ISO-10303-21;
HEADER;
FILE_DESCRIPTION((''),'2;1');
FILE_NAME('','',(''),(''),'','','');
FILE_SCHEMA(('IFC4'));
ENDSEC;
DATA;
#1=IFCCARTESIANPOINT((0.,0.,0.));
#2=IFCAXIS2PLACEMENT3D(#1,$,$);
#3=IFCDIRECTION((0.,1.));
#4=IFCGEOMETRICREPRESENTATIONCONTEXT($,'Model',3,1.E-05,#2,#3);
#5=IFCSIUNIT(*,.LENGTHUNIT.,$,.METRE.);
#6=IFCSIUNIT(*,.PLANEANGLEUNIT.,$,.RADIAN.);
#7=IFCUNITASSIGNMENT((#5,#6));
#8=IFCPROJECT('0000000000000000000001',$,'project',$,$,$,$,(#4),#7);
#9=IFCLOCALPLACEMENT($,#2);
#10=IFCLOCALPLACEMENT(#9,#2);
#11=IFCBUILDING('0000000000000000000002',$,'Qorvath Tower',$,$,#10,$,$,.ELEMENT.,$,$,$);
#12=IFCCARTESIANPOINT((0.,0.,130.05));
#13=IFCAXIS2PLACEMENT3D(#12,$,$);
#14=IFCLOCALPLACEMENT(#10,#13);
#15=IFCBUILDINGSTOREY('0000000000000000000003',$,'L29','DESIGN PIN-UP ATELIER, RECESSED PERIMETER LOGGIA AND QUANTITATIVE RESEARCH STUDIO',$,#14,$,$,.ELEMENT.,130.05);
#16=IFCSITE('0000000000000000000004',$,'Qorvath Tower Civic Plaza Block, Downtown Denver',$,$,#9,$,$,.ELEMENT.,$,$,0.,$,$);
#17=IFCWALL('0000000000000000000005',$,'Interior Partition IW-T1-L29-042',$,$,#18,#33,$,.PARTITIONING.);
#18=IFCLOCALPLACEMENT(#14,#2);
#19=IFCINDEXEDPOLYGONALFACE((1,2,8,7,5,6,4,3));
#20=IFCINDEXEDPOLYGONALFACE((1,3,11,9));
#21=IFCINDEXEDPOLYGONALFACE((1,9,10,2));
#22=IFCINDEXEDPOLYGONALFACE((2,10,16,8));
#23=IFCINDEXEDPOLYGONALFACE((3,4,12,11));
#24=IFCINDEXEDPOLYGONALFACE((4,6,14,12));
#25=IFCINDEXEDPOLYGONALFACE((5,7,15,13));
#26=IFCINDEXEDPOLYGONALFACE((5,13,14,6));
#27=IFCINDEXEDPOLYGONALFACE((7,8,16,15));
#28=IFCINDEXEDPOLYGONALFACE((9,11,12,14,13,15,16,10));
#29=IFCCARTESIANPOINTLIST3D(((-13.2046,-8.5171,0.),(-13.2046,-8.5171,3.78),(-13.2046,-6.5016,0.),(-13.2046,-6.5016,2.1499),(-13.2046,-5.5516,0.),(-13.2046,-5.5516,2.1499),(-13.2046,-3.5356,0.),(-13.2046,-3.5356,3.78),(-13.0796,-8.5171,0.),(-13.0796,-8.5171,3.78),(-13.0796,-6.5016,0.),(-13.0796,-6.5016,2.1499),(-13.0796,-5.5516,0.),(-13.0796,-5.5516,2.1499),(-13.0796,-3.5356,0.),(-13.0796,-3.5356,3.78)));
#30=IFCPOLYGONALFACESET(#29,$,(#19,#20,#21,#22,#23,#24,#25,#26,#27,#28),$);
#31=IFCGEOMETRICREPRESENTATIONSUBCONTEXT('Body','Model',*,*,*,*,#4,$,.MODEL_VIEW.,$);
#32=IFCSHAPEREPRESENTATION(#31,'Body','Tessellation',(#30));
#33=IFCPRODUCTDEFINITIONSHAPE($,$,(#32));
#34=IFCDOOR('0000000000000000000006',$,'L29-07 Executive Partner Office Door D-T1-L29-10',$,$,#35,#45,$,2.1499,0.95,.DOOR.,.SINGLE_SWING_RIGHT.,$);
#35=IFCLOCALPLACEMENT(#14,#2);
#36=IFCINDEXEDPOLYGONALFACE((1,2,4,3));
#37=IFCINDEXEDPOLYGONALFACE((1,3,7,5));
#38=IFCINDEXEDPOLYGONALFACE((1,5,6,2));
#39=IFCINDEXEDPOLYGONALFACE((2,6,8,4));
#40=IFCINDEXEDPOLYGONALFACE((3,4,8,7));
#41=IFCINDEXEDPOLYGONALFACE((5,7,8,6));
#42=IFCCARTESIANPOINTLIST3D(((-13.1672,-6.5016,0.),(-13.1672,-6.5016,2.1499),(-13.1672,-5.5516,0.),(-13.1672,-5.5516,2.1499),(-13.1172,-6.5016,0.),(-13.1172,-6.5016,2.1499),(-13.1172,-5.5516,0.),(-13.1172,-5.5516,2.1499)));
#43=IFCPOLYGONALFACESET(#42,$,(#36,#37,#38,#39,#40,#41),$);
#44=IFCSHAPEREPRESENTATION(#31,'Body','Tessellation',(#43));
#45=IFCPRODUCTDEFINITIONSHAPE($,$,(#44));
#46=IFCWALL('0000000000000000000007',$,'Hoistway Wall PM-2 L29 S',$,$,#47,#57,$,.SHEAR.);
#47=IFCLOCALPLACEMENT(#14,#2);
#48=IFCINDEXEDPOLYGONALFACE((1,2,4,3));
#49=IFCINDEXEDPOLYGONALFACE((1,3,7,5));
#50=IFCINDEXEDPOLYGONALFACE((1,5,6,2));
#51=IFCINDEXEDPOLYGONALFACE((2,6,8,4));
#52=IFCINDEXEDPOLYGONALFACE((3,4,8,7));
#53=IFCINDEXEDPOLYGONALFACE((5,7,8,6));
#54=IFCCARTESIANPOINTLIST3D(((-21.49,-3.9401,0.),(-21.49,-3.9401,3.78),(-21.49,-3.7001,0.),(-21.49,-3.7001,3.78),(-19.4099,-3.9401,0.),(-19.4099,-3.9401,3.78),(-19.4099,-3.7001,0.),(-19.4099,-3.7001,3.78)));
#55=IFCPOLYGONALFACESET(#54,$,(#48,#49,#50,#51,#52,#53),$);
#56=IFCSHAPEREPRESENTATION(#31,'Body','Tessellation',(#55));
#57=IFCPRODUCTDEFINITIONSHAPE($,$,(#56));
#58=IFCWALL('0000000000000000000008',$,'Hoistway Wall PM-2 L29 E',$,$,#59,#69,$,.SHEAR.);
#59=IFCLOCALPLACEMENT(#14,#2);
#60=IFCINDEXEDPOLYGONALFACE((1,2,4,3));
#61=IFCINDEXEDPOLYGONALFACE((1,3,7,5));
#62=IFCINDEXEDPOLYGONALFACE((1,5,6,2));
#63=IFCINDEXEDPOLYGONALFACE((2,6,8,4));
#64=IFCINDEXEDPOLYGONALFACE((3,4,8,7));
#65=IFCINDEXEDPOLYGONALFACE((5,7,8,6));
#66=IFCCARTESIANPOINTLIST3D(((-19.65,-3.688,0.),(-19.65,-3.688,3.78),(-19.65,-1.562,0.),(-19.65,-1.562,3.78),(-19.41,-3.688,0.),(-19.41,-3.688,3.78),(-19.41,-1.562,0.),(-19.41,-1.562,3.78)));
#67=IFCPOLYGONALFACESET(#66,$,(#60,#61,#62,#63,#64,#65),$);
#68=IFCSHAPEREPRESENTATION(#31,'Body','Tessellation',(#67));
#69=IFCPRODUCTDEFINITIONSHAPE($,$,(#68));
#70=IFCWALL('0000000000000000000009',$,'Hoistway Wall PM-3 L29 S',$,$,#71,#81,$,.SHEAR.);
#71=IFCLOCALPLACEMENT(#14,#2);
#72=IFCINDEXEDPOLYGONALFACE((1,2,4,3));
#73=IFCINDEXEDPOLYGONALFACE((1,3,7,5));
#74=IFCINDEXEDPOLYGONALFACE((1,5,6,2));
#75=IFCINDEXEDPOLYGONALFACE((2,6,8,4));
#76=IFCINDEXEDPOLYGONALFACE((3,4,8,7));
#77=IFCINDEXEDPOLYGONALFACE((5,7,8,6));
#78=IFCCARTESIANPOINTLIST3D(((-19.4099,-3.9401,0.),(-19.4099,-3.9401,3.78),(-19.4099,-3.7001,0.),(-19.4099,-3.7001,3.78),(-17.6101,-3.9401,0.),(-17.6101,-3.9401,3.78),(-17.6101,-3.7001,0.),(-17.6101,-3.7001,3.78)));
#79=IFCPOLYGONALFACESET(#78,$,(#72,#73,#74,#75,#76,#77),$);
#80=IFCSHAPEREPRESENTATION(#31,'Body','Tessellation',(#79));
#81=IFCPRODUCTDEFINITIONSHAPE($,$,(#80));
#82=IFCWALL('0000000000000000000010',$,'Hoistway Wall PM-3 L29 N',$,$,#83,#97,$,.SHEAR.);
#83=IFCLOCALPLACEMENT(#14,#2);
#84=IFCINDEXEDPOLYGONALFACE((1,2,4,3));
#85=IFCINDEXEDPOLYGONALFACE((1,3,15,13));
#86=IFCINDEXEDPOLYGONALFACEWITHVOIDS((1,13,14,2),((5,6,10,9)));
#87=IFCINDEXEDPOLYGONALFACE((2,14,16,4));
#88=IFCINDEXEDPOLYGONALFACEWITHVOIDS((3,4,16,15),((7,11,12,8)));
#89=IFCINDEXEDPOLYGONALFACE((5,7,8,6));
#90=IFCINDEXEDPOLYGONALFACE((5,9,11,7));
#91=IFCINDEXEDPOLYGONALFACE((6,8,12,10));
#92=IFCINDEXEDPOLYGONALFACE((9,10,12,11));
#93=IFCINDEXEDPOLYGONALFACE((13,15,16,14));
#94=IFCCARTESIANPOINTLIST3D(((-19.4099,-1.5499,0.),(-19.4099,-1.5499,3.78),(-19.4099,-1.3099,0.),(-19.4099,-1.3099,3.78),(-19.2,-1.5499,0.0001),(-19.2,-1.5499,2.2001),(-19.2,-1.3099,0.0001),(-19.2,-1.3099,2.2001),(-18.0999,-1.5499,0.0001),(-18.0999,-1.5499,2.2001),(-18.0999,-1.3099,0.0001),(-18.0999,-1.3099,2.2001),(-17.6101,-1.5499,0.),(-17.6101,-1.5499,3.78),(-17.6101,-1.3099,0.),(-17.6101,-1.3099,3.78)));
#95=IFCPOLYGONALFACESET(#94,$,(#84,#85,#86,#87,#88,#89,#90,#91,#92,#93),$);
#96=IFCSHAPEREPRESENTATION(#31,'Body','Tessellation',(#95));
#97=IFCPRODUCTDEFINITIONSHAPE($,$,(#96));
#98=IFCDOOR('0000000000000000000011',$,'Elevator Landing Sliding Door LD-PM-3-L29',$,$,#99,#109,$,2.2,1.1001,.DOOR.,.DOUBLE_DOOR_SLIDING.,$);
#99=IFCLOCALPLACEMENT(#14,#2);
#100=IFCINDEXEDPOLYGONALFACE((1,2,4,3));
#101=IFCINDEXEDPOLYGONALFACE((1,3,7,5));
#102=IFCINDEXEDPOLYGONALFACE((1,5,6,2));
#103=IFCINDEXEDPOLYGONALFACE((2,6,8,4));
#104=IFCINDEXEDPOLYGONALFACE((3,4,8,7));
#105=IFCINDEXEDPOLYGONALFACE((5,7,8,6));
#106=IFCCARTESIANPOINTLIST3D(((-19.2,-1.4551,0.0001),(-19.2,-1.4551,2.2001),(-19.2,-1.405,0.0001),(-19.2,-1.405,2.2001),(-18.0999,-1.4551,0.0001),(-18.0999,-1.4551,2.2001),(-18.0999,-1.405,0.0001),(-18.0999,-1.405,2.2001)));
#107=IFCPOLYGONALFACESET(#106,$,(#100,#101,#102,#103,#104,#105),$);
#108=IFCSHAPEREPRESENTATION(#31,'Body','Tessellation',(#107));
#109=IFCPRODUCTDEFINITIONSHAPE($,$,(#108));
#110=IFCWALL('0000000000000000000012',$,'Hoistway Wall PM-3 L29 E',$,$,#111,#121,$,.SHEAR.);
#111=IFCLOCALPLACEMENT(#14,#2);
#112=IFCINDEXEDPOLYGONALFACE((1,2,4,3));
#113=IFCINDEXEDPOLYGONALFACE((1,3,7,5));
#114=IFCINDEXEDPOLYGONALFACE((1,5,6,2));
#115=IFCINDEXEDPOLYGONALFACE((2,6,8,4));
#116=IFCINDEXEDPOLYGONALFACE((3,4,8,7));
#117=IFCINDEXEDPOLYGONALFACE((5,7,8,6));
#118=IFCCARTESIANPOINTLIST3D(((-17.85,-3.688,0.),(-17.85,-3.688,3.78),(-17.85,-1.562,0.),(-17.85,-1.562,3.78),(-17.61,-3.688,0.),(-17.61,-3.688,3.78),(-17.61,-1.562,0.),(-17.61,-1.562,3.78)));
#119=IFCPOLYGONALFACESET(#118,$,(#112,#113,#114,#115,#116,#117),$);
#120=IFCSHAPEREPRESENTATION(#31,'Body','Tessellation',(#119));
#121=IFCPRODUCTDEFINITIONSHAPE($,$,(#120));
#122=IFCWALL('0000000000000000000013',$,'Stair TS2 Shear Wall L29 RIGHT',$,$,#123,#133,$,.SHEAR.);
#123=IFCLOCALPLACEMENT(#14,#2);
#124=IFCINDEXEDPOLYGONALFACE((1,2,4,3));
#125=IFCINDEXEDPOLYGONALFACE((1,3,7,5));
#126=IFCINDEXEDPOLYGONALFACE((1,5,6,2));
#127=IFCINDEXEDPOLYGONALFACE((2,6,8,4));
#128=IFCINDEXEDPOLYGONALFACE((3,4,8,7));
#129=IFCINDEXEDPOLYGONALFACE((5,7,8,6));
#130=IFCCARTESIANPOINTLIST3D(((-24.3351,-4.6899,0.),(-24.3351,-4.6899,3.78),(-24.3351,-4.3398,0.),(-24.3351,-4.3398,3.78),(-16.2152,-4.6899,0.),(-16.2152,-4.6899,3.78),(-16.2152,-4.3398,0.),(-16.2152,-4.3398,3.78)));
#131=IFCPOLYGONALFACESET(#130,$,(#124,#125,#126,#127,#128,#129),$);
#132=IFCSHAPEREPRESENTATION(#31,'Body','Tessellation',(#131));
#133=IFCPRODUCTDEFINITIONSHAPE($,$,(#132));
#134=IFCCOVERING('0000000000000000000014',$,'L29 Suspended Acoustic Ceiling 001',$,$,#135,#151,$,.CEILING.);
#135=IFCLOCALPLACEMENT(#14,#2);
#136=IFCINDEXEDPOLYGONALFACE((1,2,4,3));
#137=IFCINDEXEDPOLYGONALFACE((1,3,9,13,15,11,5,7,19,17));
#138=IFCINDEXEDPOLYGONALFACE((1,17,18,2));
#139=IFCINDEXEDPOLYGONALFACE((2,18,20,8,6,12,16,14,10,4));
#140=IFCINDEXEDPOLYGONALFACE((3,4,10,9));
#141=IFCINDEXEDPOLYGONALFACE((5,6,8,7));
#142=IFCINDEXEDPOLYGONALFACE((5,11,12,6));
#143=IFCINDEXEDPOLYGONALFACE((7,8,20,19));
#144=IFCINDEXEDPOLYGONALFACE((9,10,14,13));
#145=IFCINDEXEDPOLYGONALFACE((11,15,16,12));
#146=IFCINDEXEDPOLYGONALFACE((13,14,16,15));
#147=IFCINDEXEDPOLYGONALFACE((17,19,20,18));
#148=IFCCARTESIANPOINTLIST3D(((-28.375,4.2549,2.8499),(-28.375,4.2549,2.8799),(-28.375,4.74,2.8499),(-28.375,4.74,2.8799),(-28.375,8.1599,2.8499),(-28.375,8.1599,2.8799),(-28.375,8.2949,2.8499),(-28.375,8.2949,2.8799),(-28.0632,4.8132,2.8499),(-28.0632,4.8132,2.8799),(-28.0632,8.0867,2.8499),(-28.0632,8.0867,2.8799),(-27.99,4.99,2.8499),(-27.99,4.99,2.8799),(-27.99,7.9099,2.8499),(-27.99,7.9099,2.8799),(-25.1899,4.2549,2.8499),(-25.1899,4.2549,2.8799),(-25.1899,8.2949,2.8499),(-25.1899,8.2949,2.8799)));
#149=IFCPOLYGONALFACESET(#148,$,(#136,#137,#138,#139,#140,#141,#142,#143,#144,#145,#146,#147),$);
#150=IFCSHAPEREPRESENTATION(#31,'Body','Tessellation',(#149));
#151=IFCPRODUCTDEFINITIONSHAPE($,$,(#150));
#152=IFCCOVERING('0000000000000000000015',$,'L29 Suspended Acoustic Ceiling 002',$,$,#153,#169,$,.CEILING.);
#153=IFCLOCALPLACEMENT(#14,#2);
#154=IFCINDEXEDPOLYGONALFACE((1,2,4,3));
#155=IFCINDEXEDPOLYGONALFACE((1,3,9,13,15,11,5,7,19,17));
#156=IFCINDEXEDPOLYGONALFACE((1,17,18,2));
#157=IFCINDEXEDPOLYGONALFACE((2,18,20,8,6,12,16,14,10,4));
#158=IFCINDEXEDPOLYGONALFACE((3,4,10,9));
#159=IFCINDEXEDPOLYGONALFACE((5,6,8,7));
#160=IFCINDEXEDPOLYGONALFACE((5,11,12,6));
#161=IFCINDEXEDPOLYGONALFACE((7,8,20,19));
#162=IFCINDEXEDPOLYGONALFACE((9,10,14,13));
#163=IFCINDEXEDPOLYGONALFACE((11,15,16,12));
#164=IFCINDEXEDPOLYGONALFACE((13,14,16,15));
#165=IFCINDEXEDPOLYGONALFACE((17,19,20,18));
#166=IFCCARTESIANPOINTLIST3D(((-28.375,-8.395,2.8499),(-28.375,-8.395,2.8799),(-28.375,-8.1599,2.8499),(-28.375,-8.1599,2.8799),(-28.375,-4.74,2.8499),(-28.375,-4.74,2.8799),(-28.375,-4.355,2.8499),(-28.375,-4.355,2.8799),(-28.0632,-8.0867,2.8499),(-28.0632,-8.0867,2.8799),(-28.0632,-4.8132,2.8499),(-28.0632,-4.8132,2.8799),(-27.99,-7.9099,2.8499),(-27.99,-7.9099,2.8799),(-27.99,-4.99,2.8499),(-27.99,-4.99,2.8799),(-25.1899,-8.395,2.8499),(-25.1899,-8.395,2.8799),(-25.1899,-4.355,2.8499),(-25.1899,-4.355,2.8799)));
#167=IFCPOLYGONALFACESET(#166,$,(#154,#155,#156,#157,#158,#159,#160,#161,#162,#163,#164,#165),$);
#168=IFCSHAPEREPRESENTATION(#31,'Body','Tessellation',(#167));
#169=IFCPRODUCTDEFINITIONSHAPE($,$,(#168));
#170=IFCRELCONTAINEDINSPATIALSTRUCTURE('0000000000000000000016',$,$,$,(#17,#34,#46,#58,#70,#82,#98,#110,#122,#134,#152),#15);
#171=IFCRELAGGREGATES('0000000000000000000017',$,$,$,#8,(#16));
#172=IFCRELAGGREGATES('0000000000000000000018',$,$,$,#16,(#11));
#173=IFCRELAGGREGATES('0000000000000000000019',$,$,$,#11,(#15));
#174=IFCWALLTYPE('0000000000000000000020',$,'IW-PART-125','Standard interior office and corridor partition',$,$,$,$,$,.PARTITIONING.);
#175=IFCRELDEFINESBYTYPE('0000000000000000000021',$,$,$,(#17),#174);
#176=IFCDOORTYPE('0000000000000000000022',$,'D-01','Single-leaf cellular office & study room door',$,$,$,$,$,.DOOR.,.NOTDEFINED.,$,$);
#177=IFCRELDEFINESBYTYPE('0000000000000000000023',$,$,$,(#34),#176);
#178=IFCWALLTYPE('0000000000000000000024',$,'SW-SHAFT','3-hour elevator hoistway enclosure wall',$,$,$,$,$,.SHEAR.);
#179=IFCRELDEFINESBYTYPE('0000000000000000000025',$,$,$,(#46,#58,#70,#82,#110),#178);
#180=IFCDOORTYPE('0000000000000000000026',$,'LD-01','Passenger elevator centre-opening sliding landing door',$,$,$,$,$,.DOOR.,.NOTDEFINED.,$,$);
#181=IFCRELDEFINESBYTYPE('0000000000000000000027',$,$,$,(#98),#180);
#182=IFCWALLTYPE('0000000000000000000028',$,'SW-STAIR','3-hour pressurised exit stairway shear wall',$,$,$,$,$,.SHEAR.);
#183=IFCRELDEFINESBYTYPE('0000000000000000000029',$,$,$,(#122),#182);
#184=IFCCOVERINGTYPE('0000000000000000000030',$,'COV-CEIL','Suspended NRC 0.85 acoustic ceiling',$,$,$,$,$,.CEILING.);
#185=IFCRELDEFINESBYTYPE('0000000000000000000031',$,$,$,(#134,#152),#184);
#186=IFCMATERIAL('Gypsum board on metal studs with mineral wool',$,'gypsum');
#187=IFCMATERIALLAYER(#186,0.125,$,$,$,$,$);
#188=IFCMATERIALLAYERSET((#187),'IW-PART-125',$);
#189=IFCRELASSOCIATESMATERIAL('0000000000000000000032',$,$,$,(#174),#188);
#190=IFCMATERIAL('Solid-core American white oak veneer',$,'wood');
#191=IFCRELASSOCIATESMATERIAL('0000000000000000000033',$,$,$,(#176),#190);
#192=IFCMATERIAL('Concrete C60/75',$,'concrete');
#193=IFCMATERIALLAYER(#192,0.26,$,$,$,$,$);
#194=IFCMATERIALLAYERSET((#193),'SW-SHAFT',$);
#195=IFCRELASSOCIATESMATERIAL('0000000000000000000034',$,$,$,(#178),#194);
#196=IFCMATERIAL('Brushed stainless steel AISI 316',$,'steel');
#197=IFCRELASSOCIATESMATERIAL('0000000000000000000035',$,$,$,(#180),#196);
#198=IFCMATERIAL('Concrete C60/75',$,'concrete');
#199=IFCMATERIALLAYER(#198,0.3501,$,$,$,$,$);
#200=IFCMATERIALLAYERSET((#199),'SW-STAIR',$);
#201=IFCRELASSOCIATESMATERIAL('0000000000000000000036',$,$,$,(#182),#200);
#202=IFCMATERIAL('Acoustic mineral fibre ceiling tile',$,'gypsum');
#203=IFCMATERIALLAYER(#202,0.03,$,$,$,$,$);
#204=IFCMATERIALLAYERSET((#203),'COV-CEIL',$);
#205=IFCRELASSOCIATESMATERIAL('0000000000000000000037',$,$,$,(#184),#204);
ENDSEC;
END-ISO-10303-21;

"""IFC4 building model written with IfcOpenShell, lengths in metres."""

from ifc_helpers import new_model, si_unit, direction, frame, frame_2d, origin, place, context, subcontext, project, spatial, polyline, rectangle, outline, extrude, material, layer, layer_set, type_object, element, fill, save


model = new_model("IFC4")

# Units and contexts
model_context = context("Model", 3, precision=1e-05, world=origin(), true_north=direction((0.0, 1.0)))
body_context = subcontext(model_context, "Body", "Model", "MODEL_VIEW")
ifc_project = project(units=[si_unit("LENGTHUNIT", "METRE"), si_unit("PLANEANGLEUNIT", "RADIAN")], contexts=[model_context])

# Site, building, storey
site_placement = place(None, origin())
site = spatial("IfcSite", under=ifc_project, at=site_placement, Name="Qorvath Tower Civic Plaza Block, Downtown Denver", CompositionType="ELEMENT", RefElevation=0.0)
building_placement = place(site_placement, origin())
building = spatial("IfcBuilding", under=site, at=building_placement, Name="Qorvath Tower", CompositionType="ELEMENT")
storey_placement = place(building_placement, frame((0.0, 0.0, 130.05)))
storey = spatial("IfcBuildingStorey", under=building, at=storey_placement, Name="L29", Description="DESIGN PIN-UP ATELIER, RECESSED PERIMETER LOGGIA AND QUANTITATIVE RESEARCH STUDIO", CompositionType="ELEMENT", Elevation=130.05)

# Wall, opening, door
ifc_material_1 = material(Name="Gypsum board on metal studs with mineral wool", Category="gypsum")
ifc_layer_1 = layer(ifc_material_1, 0.125)
ifc_layer_set_1 = layer_set([ifc_layer_1], Name="IW-PART-125")
wall_type_1 = type_object("IfcWallType", Name="IW-PART-125", Description="Standard interior office and corridor partition", PredefinedType="PARTITIONING", material=ifc_layer_set_1)
wall_1_placement = place(storey_placement, frame((-13.1421, -3.5356, 0.0), z_axis=(0.0, 0.0, 1.0), x_axis=(0.0, -1.0, 0.0)))
wall_1 = element("IfcWall", 1, at=wall_1_placement, inside=storey, type_object=wall_type_1, Name="Interior Partition IW-T1-L29-042", PredefinedType="PARTITIONING", context=body_context, shape_type="SweptSolid", body=[
    extrude(rectangle(XDim=4.9814, YDim=0.125, at=frame_2d((2.4907, 0.0))), origin(), (0.0, 0.0, 1.0), 3.78),
])
opening_1_placement = place(wall_1_placement, frame((2.0159, 0.0, 0.0)))
opening_1 = element("IfcOpeningElement", 2, at=opening_1_placement, cuts=wall_1, PredefinedType="OPENING", context=body_context, shape_type="SweptSolid", body=[
    extrude(rectangle(XDim=0.95, YDim=2.1499, at=frame_2d((0.4751, 1.075))), frame((0.0, 0.0725, 0.0), z_axis=(0.0, -1.0, 0.0), x_axis=(1.0, 0.0, 0.0)), (0.0, 0.0, 1.0), 0.145),
])
ifc_material_2 = material(Name="Solid-core American white oak veneer", Category="wood")
door_type_1 = type_object("IfcDoorType", Name="D-01", Description="Single-leaf cellular office & study room door", OperationType="NOTDEFINED", PredefinedType="DOOR", material=ifc_material_2)
door_1_placement = place(opening_1_placement, origin())
door_1 = element("IfcDoor", 3, at=door_1_placement, inside=storey, type_object=door_type_1, Name="L29-07 Executive Partner Office Door D-T1-L29-10", OperationType="SINGLE_SWING_RIGHT", OverallHeight=2.1499, OverallWidth=0.95, PredefinedType="DOOR", context=body_context, shape_type="SweptSolid", body=[
    extrude(rectangle(XDim=0.95, YDim=2.1499, at=frame_2d((0.4751, 1.075))), frame((0.0, 0.0249, 0.0), z_axis=(0.0, -1.0, 0.0), x_axis=(1.0, 0.0, 0.0)), (0.0, 0.0, 1.0), 0.05),
])
fill(opening_1, door_1)

# Walls
ifc_material_3 = material(Name="Concrete C60/75", Category="concrete")
ifc_layer_2 = layer(ifc_material_3, 0.26)
ifc_layer_set_2 = layer_set([ifc_layer_2], Name="SW-SHAFT")
wall_type_2 = type_object("IfcWallType", Name="SW-SHAFT", Description="3-hour elevator hoistway enclosure wall", PredefinedType="SHEAR", material=ifc_layer_set_2)
wall_2_placement = place(storey_placement, frame((-19.4099, -3.8201, 0.0), z_axis=(0.0, 0.0, 1.0), x_axis=(-1.0, 0.0, 0.0)))
element("IfcWall", 4, at=wall_2_placement, inside=storey, type_object=wall_type_2, Name="Hoistway Wall PM-2 L29 S", PredefinedType="SHEAR", context=body_context, shape_type="SweptSolid", body=[
    extrude(rectangle(XDim=2.0801, YDim=0.24, at=frame_2d((1.04, 0.0))), origin(), (0.0, 0.0, 1.0), 3.78),
])
wall_3_placement = place(storey_placement, frame((-19.53, -1.562, 0.0), z_axis=(0.0, 0.0, 1.0), x_axis=(0.0, -1.0, 0.0)))
element("IfcWall", 5, at=wall_3_placement, inside=storey, type_object=wall_type_2, Name="Hoistway Wall PM-2 L29 E", PredefinedType="SHEAR", context=body_context, shape_type="SweptSolid", body=[
    extrude(rectangle(XDim=2.126, YDim=0.24, at=frame_2d((1.063, 0.0))), origin(), (0.0, 0.0, 1.0), 3.78),
])
wall_4_placement = place(storey_placement, frame((-17.6101, -3.8201, 0.0), z_axis=(0.0, 0.0, 1.0), x_axis=(-1.0, 0.0, 0.0)))
element("IfcWall", 6, at=wall_4_placement, inside=storey, type_object=wall_type_2, Name="Hoistway Wall PM-3 L29 S", PredefinedType="SHEAR", context=body_context, shape_type="SweptSolid", body=[
    extrude(rectangle(XDim=1.7998, YDim=0.24, at=frame_2d((0.8999, 0.0))), origin(), (0.0, 0.0, 1.0), 3.78),
])

# Wall, opening, door
wall_5_placement = place(storey_placement, frame((-19.4099, -1.4299, 0.0), z_axis=(0.0, 0.0, 1.0), x_axis=(1.0, 0.0, 0.0)))
wall_5 = element("IfcWall", 7, at=wall_5_placement, inside=storey, type_object=wall_type_2, Name="Hoistway Wall PM-3 L29 N", PredefinedType="SHEAR", context=body_context, shape_type="SweptSolid", body=[
    extrude(rectangle(XDim=1.7998, YDim=0.24, at=frame_2d((0.8999, 0.0))), origin(), (0.0, 0.0, 1.0), 3.78),
])
opening_2_placement = place(wall_5_placement, frame((0.21, 0.0, 0.0)))
opening_2 = element("IfcOpeningElement", 8, at=opening_2_placement, cuts=wall_5, PredefinedType="OPENING", context=body_context, shape_type="SweptSolid", body=[
    extrude(rectangle(XDim=1.1001, YDim=2.2, at=frame_2d((0.55, 1.1001))), frame((0.0, 0.1299, 0.0), z_axis=(0.0, -1.0, 0.0), x_axis=(1.0, 0.0, 0.0)), (0.0, 0.0, 1.0), 0.26),
])
ifc_material_4 = material(Name="Brushed stainless steel AISI 316", Category="steel")
door_type_2 = type_object("IfcDoorType", Name="LD-01", Description="Passenger elevator centre-opening sliding landing door", OperationType="NOTDEFINED", PredefinedType="DOOR", material=ifc_material_4)
door_2_placement = place(opening_2_placement, origin())
door_2 = element("IfcDoor", 9, at=door_2_placement, inside=storey, type_object=door_type_2, Name="Elevator Landing Sliding Door LD-PM-3-L29", OperationType="DOUBLE_DOOR_SLIDING", OverallHeight=2.2, OverallWidth=1.1001, PredefinedType="DOOR", context=body_context, shape_type="SweptSolid", body=[
    extrude(rectangle(XDim=1.1001, YDim=2.2, at=frame_2d((0.55, 1.1001))), frame((0.0, 0.0249, 0.0), z_axis=(0.0, -1.0, 0.0), x_axis=(1.0, 0.0, 0.0)), (0.0, 0.0, 1.0), 0.05),
])
fill(opening_2, door_2)

# Walls
wall_6_placement = place(storey_placement, frame((-17.73, -1.562, 0.0), z_axis=(0.0, 0.0, 1.0), x_axis=(0.0, -1.0, 0.0)))
element("IfcWall", 10, at=wall_6_placement, inside=storey, type_object=wall_type_2, Name="Hoistway Wall PM-3 L29 E", PredefinedType="SHEAR", context=body_context, shape_type="SweptSolid", body=[
    extrude(rectangle(XDim=2.126, YDim=0.24, at=frame_2d((1.063, 0.0))), origin(), (0.0, 0.0, 1.0), 3.78),
])
ifc_material_5 = material(Name="Concrete C60/75", Category="concrete")
ifc_layer_3 = layer(ifc_material_5, 0.3501)
ifc_layer_set_3 = layer_set([ifc_layer_3], Name="SW-STAIR")
wall_type_3 = type_object("IfcWallType", Name="SW-STAIR", Description="3-hour pressurised exit stairway shear wall", PredefinedType="SHEAR", material=ifc_layer_set_3)
wall_7_placement = place(storey_placement, frame((-16.2151, -4.5149, 0.0), z_axis=(0.0, 0.0, 1.0), x_axis=(-1.0, 0.0, 0.0)))
element("IfcWall", 11, at=wall_7_placement, inside=storey, type_object=wall_type_3, Name="Stair TS2 Shear Wall L29 RIGHT", PredefinedType="SHEAR", context=body_context, shape_type="SweptSolid", body=[
    extrude(rectangle(XDim=8.1199, YDim=0.3501, at=frame_2d((4.0601, 0.0))), origin(), (0.0, 0.0, 1.0), 3.78),
])

# Coverings
ifc_material_6 = material(Name="Acoustic mineral fibre ceiling tile", Category="gypsum")
ifc_layer_4 = layer(ifc_material_6, 0.03)
ifc_layer_set_4 = layer_set([ifc_layer_4], Name="COV-CEIL")
covering_type_1 = type_object("IfcCoveringType", Name="COV-CEIL", Description="Suspended NRC 0.85 acoustic ceiling", PredefinedType="CEILING", material=ifc_layer_set_4)
covering_1_placement = place(storey_placement, frame((0.0, 0.0, 2.8499)))
element("IfcCovering", 12, at=covering_1_placement, inside=storey, type_object=covering_type_1, Name="L29 Suspended Acoustic Ceiling 001", PredefinedType="CEILING", context=body_context, shape_type="SweptSolid", body=[
    extrude(outline(polyline([(-25.1899, 4.2549), (-25.1899, 8.2949), (-28.375, 8.2949), (-28.375, 8.1599), (-28.0632, 8.0867), (-27.99, 7.9099), (-27.99, 4.99), (-28.0632, 4.8132), (-28.375, 4.74), (-28.375, 4.2549), (-25.1899, 4.2549)])), origin(), (0.0, 0.0, 1.0), 0.03),
])
covering_2_placement = place(storey_placement, frame((0.0, 0.0, 2.8499)))
element("IfcCovering", 13, at=covering_2_placement, inside=storey, type_object=covering_type_1, Name="L29 Suspended Acoustic Ceiling 002", PredefinedType="CEILING", context=body_context, shape_type="SweptSolid", body=[
    extrude(outline(polyline([(-25.1899, -8.395), (-25.1899, -4.355), (-28.375, -4.355), (-28.375, -4.74), (-28.0632, -4.8132), (-27.99, -4.99), (-27.99, -7.9099), (-28.0632, -8.0867), (-28.375, -8.1599), (-28.375, -8.395), (-25.1899, -8.395)])), origin(), (0.0, 0.0, 1.0), 0.03),
])

save(model, "model.ifc")
